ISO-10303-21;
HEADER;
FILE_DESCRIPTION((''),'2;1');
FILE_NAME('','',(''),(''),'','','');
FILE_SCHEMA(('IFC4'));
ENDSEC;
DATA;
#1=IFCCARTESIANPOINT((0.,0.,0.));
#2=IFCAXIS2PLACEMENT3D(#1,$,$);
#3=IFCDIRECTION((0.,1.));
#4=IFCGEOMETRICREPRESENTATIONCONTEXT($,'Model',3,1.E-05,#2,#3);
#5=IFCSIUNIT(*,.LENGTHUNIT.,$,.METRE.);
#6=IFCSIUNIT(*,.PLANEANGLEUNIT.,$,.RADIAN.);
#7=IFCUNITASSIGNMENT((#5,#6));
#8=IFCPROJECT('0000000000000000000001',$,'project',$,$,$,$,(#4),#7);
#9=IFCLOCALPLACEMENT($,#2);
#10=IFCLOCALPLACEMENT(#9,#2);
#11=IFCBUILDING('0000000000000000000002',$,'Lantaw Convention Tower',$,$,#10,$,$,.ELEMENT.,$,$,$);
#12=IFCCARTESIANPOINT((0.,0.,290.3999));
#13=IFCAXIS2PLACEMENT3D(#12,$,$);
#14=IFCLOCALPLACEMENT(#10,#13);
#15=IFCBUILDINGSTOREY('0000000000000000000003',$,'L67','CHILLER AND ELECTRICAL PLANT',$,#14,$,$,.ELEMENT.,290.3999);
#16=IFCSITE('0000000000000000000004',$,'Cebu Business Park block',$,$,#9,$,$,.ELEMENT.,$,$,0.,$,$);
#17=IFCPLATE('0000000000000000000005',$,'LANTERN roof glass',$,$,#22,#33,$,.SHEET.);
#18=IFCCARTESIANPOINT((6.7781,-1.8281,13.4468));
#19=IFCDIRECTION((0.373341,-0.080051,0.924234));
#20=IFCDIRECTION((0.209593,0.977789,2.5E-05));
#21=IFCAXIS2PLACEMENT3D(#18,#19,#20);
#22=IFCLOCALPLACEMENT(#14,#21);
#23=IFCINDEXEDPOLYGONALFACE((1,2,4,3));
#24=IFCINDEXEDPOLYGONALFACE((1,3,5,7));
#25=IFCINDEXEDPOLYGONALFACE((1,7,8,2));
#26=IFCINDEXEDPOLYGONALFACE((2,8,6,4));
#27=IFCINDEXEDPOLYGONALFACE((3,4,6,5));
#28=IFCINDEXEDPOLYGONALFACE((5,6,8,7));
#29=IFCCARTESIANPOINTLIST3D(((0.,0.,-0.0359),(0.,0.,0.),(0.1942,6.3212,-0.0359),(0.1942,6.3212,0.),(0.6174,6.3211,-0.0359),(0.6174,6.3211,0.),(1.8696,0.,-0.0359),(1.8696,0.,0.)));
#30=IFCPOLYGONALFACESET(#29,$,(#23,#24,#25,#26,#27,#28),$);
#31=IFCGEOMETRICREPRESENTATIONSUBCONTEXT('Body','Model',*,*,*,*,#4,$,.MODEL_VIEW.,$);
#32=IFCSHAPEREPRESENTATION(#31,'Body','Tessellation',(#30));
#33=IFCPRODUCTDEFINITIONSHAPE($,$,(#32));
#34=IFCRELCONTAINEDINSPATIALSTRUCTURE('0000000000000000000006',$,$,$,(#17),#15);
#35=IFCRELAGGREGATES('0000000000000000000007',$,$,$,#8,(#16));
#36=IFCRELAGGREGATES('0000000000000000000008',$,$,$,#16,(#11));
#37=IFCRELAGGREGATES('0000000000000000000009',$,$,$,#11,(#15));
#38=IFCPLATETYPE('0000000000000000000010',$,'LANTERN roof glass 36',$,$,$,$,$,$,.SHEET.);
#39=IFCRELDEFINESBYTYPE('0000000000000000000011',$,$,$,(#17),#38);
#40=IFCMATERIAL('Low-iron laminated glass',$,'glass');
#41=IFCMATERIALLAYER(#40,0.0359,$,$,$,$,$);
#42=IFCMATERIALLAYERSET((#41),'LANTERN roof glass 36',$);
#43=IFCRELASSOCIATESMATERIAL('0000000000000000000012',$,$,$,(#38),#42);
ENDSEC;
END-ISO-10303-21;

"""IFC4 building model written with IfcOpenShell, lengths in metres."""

from ifc_helpers import new_model, si_unit, direction, frame, origin, place, context, subcontext, project, spatial, polyline, outline, extrude, material, layer, layer_set, type_object, element, save


model = new_model("IFC4")

# Units and contexts
model_context = context("Model", 3, precision=1e-05, world=origin(), true_north=direction((0.0, 1.0)))
body_context = subcontext(model_context, "Body", "Model", "MODEL_VIEW")
ifc_project = project(units=[si_unit("LENGTHUNIT", "METRE"), si_unit("PLANEANGLEUNIT", "RADIAN")], contexts=[model_context])

# Site, building, storey
site_placement = place(None, origin())
site = spatial("IfcSite", under=ifc_project, at=site_placement, Name="Cebu Business Park block", CompositionType="ELEMENT", RefElevation=0.0)
building_placement = place(site_placement, origin())
building = spatial("IfcBuilding", under=site, at=building_placement, Name="Lantaw Convention Tower", CompositionType="ELEMENT")
storey_placement = place(building_placement, frame((0.0, 0.0, 290.3999)))
storey = spatial("IfcBuildingStorey", under=building, at=storey_placement, Name="L67", Description="CHILLER AND ELECTRICAL PLANT", CompositionType="ELEMENT", Elevation=290.3999)

# Plate
ifc_material_1 = material(Name="Low-iron laminated glass", Category="glass")
ifc_layer_1 = layer(ifc_material_1, 0.0359)
ifc_layer_set_1 = layer_set([ifc_layer_1], Name="LANTERN roof glass 36")
plate_type_1 = type_object("IfcPlateType", Name="LANTERN roof glass 36", PredefinedType="SHEET", material=ifc_layer_set_1)
plate_1_placement = place(storey_placement, frame((6.7781, -1.8281, 13.4468), z_axis=(0.373341, -0.080051, 0.924234), x_axis=(0.209593, 0.977789, 0.000025)))
element("IfcPlate", 1, at=plate_1_placement, inside=storey, type_object=plate_type_1, Name="LANTERN roof glass", PredefinedType="SHEET", context=body_context, shape_type="SweptSolid", body=[
    extrude(outline(polyline([(0.0, 0.0), (1.8696, 0.0), (0.6174, 6.3211), (0.1942, 6.3212), (0.0, 0.0)])), origin(), (0.0, 0.0, -1.0), 0.0359),
])

save(model, "model.ifc")
